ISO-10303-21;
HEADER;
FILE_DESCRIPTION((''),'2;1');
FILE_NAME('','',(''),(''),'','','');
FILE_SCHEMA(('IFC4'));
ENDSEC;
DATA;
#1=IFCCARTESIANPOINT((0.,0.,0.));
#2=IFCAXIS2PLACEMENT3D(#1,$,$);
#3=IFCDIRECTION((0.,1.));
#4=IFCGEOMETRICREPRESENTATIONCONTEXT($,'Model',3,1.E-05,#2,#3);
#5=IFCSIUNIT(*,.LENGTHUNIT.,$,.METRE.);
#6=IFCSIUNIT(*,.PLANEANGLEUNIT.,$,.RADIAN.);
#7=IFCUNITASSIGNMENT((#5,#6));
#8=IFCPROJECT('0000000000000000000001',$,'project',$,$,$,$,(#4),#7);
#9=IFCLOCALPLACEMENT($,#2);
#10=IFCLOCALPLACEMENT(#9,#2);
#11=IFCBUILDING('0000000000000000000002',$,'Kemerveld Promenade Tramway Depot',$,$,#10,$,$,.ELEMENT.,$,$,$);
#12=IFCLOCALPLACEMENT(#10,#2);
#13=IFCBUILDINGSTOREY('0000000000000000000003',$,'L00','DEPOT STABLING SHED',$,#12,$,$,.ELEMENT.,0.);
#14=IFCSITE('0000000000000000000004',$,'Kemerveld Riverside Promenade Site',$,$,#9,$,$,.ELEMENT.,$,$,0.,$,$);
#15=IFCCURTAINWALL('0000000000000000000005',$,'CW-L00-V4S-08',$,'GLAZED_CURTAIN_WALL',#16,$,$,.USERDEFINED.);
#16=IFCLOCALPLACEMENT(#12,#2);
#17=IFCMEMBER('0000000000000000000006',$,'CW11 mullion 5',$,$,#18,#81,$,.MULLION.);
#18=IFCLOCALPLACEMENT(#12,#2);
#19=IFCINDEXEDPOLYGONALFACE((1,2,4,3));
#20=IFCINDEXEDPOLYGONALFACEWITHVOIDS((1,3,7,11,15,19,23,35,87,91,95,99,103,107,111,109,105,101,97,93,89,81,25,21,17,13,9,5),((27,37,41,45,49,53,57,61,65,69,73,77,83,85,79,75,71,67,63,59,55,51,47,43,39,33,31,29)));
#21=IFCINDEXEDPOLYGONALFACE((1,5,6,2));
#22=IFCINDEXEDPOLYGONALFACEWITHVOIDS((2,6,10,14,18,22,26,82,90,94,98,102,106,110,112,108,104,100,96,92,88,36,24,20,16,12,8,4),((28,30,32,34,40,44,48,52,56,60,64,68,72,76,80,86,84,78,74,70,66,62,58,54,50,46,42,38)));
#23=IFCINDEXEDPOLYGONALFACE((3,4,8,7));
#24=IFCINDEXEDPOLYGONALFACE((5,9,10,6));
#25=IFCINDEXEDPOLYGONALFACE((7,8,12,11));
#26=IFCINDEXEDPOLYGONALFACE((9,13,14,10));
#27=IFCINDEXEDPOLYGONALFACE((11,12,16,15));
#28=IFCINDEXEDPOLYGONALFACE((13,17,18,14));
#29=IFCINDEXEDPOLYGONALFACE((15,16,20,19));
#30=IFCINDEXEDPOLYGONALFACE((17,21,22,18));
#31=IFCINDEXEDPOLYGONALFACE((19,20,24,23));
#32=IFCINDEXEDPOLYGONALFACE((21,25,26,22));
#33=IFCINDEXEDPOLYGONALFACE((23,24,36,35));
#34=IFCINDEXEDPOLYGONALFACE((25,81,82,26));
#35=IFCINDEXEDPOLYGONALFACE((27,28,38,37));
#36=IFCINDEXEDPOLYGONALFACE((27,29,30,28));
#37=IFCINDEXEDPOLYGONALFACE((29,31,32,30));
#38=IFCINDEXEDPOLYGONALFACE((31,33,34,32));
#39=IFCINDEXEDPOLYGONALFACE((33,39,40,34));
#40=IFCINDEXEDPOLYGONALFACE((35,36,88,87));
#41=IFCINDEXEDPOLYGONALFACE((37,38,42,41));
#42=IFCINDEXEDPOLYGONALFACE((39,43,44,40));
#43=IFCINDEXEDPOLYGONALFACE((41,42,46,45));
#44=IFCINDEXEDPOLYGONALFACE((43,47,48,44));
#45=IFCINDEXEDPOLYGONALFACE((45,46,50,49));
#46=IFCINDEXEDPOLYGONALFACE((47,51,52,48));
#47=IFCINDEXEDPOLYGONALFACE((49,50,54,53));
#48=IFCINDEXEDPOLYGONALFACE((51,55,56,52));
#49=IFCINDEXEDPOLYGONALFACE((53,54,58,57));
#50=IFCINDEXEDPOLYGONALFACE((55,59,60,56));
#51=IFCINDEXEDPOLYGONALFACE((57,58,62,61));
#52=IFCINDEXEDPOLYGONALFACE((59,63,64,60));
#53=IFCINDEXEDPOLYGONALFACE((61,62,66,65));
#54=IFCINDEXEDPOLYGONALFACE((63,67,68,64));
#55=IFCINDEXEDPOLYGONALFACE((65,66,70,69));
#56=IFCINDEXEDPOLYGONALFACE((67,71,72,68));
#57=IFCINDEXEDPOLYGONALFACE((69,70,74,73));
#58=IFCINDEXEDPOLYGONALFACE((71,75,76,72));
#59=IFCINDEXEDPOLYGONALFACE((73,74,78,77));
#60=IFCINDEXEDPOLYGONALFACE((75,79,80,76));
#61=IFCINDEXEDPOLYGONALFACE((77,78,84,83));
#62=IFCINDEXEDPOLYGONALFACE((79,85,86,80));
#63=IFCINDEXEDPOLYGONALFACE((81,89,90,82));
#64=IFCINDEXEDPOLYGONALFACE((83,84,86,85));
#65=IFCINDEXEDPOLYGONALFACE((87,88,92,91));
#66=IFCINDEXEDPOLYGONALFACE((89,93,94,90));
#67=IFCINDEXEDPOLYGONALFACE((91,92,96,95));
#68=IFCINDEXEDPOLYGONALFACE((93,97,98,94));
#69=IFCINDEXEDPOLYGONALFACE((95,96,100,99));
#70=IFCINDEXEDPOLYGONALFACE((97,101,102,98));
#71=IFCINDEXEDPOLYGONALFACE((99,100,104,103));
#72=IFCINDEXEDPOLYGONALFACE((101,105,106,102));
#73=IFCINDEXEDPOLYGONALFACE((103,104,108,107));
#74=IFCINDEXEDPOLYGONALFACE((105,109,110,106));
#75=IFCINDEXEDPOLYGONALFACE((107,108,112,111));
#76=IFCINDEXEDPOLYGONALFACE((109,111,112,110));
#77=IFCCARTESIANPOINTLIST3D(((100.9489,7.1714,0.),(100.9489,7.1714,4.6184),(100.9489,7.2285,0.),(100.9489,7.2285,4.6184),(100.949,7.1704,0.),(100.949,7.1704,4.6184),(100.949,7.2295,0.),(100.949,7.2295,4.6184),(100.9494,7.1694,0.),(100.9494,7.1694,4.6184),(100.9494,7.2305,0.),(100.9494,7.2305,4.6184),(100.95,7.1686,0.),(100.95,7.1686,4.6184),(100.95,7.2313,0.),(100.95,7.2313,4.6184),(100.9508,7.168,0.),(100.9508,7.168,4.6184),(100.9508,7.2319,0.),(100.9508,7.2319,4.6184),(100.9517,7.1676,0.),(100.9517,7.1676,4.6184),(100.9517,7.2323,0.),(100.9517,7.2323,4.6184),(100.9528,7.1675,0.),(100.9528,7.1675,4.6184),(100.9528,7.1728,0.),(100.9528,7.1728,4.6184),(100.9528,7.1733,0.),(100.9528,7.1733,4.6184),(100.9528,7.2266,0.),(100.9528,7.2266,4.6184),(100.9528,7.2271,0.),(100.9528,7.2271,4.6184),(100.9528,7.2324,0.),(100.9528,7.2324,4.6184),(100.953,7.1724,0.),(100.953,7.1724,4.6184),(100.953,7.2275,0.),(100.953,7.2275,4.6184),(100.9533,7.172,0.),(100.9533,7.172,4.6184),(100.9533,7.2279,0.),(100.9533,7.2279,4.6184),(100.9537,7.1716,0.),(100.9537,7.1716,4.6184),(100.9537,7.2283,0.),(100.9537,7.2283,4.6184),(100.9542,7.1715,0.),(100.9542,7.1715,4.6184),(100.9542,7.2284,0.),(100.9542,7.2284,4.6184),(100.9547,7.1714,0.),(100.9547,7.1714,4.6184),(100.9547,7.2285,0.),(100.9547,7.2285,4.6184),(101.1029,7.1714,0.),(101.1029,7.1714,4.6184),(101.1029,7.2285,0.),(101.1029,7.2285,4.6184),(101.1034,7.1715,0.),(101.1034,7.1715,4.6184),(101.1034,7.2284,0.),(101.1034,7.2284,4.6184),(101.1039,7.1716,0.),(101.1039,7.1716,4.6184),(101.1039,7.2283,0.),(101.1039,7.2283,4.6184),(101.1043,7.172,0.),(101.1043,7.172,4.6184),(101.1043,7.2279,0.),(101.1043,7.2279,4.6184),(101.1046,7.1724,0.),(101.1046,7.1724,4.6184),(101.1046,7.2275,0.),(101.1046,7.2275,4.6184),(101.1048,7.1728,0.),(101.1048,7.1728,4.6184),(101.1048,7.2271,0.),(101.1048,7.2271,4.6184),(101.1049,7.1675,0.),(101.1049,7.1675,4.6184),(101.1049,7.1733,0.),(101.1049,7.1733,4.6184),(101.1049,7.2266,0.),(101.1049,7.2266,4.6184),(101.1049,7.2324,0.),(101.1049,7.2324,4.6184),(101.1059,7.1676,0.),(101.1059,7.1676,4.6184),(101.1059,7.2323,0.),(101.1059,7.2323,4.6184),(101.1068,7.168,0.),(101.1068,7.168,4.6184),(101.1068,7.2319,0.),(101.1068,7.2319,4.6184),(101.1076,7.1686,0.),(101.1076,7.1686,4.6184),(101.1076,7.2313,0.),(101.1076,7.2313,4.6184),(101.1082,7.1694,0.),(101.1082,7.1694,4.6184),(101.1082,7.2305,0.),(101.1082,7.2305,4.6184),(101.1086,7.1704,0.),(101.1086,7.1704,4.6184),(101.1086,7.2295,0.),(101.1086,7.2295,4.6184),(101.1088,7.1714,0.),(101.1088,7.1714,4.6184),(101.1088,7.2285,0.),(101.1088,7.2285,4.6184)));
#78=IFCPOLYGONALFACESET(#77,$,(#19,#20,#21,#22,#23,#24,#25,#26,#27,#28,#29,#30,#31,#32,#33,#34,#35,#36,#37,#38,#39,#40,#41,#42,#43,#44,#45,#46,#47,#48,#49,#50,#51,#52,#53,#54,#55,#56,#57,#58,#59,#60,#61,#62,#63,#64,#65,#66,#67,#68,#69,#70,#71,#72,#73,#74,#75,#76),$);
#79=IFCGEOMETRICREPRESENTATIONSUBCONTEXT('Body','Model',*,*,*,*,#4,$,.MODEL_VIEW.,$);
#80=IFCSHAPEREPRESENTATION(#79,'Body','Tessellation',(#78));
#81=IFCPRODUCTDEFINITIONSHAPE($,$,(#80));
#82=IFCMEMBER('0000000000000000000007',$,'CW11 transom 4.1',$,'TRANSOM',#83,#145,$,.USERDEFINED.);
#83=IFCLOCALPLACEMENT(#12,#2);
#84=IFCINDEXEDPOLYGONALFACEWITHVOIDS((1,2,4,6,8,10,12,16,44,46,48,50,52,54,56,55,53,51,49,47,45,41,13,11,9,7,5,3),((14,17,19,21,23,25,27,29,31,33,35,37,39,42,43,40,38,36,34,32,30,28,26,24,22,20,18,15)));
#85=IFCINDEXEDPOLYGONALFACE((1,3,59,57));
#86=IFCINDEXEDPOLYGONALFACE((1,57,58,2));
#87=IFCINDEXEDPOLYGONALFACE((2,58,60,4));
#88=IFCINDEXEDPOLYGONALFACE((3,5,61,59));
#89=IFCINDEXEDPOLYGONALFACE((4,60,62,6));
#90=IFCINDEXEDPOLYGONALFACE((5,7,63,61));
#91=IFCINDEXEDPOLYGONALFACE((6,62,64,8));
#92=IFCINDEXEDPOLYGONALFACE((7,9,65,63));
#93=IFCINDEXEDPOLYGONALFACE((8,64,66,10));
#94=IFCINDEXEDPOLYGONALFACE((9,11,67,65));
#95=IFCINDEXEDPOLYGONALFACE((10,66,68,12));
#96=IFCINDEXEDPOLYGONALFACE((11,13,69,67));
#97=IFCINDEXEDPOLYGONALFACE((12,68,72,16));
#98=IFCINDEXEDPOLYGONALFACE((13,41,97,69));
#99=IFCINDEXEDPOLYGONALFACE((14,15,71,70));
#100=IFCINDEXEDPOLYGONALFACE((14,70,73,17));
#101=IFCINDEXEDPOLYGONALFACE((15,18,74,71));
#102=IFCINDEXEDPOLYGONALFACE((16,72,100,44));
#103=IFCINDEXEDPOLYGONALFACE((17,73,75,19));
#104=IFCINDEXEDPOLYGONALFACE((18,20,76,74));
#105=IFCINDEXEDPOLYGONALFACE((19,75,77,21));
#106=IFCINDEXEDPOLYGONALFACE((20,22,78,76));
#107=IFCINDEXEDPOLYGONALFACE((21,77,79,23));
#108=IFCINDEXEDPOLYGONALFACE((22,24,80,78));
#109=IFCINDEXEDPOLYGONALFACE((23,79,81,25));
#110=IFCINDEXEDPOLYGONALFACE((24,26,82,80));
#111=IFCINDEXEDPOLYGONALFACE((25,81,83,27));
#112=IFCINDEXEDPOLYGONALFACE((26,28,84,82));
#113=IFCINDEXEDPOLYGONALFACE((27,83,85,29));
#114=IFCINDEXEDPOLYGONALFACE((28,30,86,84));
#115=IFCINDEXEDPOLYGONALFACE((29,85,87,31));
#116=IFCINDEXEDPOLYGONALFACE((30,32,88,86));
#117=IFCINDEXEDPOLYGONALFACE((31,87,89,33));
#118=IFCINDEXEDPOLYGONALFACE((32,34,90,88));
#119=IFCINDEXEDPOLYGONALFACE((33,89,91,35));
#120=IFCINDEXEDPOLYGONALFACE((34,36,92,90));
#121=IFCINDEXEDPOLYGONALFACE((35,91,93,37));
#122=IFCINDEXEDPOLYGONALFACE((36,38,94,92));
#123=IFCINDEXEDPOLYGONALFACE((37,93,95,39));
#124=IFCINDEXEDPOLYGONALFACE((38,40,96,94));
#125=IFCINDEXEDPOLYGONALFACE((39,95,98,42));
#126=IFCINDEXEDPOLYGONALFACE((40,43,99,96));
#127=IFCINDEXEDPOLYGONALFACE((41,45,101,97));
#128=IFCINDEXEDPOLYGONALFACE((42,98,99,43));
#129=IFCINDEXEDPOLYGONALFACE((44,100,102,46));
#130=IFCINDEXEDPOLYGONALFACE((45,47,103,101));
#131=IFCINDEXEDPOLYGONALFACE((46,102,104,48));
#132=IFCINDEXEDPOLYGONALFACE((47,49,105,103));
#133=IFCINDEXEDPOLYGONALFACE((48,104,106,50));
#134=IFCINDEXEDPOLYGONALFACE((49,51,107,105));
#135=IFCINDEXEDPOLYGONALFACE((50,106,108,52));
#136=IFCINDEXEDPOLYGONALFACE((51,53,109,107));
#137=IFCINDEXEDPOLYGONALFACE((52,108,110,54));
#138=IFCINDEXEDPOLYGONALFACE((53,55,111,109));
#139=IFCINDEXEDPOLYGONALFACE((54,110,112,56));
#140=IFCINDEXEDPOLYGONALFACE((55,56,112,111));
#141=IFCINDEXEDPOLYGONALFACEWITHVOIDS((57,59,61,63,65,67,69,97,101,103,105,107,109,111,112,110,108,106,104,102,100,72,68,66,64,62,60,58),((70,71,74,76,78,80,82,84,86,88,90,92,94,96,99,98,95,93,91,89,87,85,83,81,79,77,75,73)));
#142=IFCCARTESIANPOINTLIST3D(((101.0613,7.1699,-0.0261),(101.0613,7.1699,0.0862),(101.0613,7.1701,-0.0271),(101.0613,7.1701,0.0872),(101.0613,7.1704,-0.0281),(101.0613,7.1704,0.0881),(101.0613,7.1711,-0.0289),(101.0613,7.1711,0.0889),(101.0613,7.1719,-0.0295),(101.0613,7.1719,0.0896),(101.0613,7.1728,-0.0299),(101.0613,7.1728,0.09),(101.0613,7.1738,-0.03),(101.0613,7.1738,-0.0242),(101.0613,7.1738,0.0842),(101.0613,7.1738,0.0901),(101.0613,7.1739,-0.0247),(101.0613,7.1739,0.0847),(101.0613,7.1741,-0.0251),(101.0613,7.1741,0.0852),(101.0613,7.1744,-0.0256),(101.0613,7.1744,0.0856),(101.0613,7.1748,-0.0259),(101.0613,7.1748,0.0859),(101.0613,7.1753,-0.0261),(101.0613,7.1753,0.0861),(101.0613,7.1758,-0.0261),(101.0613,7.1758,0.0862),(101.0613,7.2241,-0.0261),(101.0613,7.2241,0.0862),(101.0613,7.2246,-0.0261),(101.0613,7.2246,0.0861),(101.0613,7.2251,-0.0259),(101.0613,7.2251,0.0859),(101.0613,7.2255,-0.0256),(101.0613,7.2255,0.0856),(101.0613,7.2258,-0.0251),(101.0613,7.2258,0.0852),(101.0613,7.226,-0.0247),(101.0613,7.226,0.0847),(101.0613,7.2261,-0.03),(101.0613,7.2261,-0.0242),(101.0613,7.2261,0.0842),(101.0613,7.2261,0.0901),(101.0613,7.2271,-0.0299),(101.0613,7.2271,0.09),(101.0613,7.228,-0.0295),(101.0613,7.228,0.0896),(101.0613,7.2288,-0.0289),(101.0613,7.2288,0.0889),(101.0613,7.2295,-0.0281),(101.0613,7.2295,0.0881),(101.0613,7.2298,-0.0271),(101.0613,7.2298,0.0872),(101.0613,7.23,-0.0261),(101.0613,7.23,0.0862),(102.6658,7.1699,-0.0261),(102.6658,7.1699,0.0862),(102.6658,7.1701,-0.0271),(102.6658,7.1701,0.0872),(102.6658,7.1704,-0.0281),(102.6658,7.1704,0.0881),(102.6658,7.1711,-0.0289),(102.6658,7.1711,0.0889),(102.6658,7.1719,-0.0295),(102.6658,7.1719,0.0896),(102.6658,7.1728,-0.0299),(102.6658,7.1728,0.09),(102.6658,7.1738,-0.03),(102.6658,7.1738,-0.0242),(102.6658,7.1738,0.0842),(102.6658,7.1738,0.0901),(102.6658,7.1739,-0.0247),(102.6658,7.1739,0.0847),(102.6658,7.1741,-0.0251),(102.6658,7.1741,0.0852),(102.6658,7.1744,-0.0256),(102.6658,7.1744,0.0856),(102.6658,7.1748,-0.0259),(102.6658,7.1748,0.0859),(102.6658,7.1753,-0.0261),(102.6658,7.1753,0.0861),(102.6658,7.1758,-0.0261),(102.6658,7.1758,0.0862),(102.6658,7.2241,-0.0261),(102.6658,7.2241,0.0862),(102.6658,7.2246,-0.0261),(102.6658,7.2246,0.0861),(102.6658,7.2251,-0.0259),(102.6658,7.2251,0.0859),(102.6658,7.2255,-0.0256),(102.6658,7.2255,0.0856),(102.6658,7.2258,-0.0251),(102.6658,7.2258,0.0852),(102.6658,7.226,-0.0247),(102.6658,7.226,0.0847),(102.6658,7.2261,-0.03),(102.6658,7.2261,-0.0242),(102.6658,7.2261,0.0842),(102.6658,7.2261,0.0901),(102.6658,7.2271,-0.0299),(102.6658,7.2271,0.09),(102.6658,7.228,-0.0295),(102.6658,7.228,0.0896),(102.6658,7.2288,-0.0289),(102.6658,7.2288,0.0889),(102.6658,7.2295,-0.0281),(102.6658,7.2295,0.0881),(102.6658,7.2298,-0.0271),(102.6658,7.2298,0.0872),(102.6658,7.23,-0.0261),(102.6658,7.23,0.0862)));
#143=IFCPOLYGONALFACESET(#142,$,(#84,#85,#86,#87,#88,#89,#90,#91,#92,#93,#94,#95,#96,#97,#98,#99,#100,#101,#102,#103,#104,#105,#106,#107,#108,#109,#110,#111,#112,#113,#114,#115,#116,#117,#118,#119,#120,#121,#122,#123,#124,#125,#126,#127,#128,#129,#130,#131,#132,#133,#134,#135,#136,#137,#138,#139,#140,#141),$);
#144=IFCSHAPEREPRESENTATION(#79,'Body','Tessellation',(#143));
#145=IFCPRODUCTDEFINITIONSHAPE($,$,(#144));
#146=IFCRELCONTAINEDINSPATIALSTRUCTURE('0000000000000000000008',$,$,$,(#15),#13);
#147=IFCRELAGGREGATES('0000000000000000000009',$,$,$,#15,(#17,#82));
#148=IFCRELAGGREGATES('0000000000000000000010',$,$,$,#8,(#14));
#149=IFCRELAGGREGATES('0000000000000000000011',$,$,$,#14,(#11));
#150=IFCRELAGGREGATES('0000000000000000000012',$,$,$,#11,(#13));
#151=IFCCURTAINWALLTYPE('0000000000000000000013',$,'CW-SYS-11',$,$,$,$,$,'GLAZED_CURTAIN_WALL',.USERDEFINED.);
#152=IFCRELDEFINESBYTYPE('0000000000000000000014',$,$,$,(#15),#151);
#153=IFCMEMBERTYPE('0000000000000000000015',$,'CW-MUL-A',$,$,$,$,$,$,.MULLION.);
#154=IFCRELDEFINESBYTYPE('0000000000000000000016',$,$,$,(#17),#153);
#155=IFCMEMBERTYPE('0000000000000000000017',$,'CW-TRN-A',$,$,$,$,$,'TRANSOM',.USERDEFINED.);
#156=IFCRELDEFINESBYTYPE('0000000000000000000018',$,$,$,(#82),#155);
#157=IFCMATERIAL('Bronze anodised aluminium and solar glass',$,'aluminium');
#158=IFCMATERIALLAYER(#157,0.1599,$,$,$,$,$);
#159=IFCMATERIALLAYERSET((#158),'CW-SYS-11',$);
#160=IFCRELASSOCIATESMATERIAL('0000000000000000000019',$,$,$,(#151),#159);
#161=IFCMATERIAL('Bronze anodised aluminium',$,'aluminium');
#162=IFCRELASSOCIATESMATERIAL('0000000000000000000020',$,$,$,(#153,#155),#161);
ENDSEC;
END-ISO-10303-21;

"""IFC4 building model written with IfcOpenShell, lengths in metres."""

from ifc_helpers import new_model, si_unit, direction, frame, origin, origin_2d, place, context, subcontext, project, spatial, hollow_rectangle, extrude, material, layer, layer_set, material_profile, profile_set, type_object, element, aggregate, save


model = new_model("IFC4")

# Units and contexts
model_context = context("Model", 3, precision=1e-05, world=origin(), true_north=direction((0.0, 1.0)))
body_context = subcontext(model_context, "Body", "Model", "MODEL_VIEW")
ifc_project = project(units=[si_unit("LENGTHUNIT", "METRE"), si_unit("PLANEANGLEUNIT", "RADIAN")], contexts=[model_context])

# Site, building, storey
site_placement = place(None, origin())
site = spatial("IfcSite", under=ifc_project, at=site_placement, Name="Kemerveld Riverside Promenade Site", CompositionType="ELEMENT", RefElevation=0.0)
building_placement = place(site_placement, origin())
building = spatial("IfcBuilding", under=site, at=building_placement, Name="Kemerveld Promenade Tramway Depot", CompositionType="ELEMENT")
storey_placement = place(building_placement, origin())
storey = spatial("IfcBuildingStorey", under=building, at=storey_placement, Name="L00", Description="DEPOT STABLING SHED", CompositionType="ELEMENT", Elevation=0.0)

# Curtain wall, members
ifc_material_1 = material(Name="Bronze anodised aluminium and solar glass", Category="aluminium")
ifc_layer_1 = layer(ifc_material_1, 0.1599)
ifc_layer_set_1 = layer_set([ifc_layer_1], Name="CW-SYS-11")
curtain_wall_type = type_object("IfcCurtainWallType", Name="CW-SYS-11", ElementType="GLAZED_CURTAIN_WALL", PredefinedType="USERDEFINED", material=ifc_layer_set_1)
curtain_wall_placement = place(storey_placement, origin())
curtain_wall = element("IfcCurtainWall", 1, at=curtain_wall_placement, inside=storey, type_object=curtain_wall_type, Name="CW-L00-V4S-08", ObjectType="GLAZED_CURTAIN_WALL", PredefinedType="USERDEFINED")
ifc_material_2 = material(Name="Bronze anodised aluminium", Category="aluminium")
ifc_material_profile_1 = material_profile(ifc_material_2, hollow_rectangle(XDim=0.0649, YDim=0.1599, WallThickness=0.0039, InnerFilletRadius=0.002, OuterFilletRadius=0.0039, at=origin_2d()), Name="CW-MUL-160x65")
ifc_profile_set_1 = profile_set([ifc_material_profile_1], Name="Bronze anodised aluminium")
member_type_1 = type_object("IfcMemberType", Name="CW-MUL-A", PredefinedType="MULLION", material=ifc_profile_set_1)
member_1_placement = place(storey_placement, frame((101.0288, 7.2, 0.0), z_axis=(0.0, 0.0, 1.0), x_axis=(0.0, -1.0, 0.0)))
member_1 = element("IfcMember", 2, at=member_1_placement, type_object=member_type_1, Name="CW11 mullion 5", PredefinedType="MULLION", context=body_context, shape_type="SweptSolid", body=[
    extrude(hollow_rectangle(XDim=0.0649, YDim=0.1599, WallThickness=0.0039, InnerFilletRadius=0.002, OuterFilletRadius=0.0039, at=origin_2d()), origin(), (0.0, 0.0, 1.0), 4.6184),
])
ifc_material_profile_2 = material_profile(ifc_material_2, hollow_rectangle(XDim=0.0601, YDim=0.1201, WallThickness=0.0039, InnerFilletRadius=0.002, OuterFilletRadius=0.0039, at=origin_2d()), Name="CW-TRN-120x60")
ifc_profile_set_2 = profile_set([ifc_material_profile_2], Name="Bronze anodised aluminium")
member_type_2 = type_object("IfcMemberType", Name="CW-TRN-A", ElementType="TRANSOM", PredefinedType="USERDEFINED", material=ifc_profile_set_2)
member_2_placement = place(storey_placement, frame((102.6658, 7.2, 0.03), z_axis=(-1.0, 0.0, 0.0), x_axis=(0.0, -1.0, 0.0)))
member_2 = element("IfcMember", 3, at=member_2_placement, type_object=member_type_2, Name="CW11 transom 4.1", ObjectType="TRANSOM", PredefinedType="USERDEFINED", context=body_context, shape_type="SweptSolid", body=[
    extrude(hollow_rectangle(XDim=0.0601, YDim=0.1201, WallThickness=0.0039, InnerFilletRadius=0.002, OuterFilletRadius=0.0039, at=origin_2d()), origin(), (0.0, 0.0, 1.0), 1.6045),
])
aggregate(curtain_wall, [member_1, member_2])

save(model, "model.ifc")
